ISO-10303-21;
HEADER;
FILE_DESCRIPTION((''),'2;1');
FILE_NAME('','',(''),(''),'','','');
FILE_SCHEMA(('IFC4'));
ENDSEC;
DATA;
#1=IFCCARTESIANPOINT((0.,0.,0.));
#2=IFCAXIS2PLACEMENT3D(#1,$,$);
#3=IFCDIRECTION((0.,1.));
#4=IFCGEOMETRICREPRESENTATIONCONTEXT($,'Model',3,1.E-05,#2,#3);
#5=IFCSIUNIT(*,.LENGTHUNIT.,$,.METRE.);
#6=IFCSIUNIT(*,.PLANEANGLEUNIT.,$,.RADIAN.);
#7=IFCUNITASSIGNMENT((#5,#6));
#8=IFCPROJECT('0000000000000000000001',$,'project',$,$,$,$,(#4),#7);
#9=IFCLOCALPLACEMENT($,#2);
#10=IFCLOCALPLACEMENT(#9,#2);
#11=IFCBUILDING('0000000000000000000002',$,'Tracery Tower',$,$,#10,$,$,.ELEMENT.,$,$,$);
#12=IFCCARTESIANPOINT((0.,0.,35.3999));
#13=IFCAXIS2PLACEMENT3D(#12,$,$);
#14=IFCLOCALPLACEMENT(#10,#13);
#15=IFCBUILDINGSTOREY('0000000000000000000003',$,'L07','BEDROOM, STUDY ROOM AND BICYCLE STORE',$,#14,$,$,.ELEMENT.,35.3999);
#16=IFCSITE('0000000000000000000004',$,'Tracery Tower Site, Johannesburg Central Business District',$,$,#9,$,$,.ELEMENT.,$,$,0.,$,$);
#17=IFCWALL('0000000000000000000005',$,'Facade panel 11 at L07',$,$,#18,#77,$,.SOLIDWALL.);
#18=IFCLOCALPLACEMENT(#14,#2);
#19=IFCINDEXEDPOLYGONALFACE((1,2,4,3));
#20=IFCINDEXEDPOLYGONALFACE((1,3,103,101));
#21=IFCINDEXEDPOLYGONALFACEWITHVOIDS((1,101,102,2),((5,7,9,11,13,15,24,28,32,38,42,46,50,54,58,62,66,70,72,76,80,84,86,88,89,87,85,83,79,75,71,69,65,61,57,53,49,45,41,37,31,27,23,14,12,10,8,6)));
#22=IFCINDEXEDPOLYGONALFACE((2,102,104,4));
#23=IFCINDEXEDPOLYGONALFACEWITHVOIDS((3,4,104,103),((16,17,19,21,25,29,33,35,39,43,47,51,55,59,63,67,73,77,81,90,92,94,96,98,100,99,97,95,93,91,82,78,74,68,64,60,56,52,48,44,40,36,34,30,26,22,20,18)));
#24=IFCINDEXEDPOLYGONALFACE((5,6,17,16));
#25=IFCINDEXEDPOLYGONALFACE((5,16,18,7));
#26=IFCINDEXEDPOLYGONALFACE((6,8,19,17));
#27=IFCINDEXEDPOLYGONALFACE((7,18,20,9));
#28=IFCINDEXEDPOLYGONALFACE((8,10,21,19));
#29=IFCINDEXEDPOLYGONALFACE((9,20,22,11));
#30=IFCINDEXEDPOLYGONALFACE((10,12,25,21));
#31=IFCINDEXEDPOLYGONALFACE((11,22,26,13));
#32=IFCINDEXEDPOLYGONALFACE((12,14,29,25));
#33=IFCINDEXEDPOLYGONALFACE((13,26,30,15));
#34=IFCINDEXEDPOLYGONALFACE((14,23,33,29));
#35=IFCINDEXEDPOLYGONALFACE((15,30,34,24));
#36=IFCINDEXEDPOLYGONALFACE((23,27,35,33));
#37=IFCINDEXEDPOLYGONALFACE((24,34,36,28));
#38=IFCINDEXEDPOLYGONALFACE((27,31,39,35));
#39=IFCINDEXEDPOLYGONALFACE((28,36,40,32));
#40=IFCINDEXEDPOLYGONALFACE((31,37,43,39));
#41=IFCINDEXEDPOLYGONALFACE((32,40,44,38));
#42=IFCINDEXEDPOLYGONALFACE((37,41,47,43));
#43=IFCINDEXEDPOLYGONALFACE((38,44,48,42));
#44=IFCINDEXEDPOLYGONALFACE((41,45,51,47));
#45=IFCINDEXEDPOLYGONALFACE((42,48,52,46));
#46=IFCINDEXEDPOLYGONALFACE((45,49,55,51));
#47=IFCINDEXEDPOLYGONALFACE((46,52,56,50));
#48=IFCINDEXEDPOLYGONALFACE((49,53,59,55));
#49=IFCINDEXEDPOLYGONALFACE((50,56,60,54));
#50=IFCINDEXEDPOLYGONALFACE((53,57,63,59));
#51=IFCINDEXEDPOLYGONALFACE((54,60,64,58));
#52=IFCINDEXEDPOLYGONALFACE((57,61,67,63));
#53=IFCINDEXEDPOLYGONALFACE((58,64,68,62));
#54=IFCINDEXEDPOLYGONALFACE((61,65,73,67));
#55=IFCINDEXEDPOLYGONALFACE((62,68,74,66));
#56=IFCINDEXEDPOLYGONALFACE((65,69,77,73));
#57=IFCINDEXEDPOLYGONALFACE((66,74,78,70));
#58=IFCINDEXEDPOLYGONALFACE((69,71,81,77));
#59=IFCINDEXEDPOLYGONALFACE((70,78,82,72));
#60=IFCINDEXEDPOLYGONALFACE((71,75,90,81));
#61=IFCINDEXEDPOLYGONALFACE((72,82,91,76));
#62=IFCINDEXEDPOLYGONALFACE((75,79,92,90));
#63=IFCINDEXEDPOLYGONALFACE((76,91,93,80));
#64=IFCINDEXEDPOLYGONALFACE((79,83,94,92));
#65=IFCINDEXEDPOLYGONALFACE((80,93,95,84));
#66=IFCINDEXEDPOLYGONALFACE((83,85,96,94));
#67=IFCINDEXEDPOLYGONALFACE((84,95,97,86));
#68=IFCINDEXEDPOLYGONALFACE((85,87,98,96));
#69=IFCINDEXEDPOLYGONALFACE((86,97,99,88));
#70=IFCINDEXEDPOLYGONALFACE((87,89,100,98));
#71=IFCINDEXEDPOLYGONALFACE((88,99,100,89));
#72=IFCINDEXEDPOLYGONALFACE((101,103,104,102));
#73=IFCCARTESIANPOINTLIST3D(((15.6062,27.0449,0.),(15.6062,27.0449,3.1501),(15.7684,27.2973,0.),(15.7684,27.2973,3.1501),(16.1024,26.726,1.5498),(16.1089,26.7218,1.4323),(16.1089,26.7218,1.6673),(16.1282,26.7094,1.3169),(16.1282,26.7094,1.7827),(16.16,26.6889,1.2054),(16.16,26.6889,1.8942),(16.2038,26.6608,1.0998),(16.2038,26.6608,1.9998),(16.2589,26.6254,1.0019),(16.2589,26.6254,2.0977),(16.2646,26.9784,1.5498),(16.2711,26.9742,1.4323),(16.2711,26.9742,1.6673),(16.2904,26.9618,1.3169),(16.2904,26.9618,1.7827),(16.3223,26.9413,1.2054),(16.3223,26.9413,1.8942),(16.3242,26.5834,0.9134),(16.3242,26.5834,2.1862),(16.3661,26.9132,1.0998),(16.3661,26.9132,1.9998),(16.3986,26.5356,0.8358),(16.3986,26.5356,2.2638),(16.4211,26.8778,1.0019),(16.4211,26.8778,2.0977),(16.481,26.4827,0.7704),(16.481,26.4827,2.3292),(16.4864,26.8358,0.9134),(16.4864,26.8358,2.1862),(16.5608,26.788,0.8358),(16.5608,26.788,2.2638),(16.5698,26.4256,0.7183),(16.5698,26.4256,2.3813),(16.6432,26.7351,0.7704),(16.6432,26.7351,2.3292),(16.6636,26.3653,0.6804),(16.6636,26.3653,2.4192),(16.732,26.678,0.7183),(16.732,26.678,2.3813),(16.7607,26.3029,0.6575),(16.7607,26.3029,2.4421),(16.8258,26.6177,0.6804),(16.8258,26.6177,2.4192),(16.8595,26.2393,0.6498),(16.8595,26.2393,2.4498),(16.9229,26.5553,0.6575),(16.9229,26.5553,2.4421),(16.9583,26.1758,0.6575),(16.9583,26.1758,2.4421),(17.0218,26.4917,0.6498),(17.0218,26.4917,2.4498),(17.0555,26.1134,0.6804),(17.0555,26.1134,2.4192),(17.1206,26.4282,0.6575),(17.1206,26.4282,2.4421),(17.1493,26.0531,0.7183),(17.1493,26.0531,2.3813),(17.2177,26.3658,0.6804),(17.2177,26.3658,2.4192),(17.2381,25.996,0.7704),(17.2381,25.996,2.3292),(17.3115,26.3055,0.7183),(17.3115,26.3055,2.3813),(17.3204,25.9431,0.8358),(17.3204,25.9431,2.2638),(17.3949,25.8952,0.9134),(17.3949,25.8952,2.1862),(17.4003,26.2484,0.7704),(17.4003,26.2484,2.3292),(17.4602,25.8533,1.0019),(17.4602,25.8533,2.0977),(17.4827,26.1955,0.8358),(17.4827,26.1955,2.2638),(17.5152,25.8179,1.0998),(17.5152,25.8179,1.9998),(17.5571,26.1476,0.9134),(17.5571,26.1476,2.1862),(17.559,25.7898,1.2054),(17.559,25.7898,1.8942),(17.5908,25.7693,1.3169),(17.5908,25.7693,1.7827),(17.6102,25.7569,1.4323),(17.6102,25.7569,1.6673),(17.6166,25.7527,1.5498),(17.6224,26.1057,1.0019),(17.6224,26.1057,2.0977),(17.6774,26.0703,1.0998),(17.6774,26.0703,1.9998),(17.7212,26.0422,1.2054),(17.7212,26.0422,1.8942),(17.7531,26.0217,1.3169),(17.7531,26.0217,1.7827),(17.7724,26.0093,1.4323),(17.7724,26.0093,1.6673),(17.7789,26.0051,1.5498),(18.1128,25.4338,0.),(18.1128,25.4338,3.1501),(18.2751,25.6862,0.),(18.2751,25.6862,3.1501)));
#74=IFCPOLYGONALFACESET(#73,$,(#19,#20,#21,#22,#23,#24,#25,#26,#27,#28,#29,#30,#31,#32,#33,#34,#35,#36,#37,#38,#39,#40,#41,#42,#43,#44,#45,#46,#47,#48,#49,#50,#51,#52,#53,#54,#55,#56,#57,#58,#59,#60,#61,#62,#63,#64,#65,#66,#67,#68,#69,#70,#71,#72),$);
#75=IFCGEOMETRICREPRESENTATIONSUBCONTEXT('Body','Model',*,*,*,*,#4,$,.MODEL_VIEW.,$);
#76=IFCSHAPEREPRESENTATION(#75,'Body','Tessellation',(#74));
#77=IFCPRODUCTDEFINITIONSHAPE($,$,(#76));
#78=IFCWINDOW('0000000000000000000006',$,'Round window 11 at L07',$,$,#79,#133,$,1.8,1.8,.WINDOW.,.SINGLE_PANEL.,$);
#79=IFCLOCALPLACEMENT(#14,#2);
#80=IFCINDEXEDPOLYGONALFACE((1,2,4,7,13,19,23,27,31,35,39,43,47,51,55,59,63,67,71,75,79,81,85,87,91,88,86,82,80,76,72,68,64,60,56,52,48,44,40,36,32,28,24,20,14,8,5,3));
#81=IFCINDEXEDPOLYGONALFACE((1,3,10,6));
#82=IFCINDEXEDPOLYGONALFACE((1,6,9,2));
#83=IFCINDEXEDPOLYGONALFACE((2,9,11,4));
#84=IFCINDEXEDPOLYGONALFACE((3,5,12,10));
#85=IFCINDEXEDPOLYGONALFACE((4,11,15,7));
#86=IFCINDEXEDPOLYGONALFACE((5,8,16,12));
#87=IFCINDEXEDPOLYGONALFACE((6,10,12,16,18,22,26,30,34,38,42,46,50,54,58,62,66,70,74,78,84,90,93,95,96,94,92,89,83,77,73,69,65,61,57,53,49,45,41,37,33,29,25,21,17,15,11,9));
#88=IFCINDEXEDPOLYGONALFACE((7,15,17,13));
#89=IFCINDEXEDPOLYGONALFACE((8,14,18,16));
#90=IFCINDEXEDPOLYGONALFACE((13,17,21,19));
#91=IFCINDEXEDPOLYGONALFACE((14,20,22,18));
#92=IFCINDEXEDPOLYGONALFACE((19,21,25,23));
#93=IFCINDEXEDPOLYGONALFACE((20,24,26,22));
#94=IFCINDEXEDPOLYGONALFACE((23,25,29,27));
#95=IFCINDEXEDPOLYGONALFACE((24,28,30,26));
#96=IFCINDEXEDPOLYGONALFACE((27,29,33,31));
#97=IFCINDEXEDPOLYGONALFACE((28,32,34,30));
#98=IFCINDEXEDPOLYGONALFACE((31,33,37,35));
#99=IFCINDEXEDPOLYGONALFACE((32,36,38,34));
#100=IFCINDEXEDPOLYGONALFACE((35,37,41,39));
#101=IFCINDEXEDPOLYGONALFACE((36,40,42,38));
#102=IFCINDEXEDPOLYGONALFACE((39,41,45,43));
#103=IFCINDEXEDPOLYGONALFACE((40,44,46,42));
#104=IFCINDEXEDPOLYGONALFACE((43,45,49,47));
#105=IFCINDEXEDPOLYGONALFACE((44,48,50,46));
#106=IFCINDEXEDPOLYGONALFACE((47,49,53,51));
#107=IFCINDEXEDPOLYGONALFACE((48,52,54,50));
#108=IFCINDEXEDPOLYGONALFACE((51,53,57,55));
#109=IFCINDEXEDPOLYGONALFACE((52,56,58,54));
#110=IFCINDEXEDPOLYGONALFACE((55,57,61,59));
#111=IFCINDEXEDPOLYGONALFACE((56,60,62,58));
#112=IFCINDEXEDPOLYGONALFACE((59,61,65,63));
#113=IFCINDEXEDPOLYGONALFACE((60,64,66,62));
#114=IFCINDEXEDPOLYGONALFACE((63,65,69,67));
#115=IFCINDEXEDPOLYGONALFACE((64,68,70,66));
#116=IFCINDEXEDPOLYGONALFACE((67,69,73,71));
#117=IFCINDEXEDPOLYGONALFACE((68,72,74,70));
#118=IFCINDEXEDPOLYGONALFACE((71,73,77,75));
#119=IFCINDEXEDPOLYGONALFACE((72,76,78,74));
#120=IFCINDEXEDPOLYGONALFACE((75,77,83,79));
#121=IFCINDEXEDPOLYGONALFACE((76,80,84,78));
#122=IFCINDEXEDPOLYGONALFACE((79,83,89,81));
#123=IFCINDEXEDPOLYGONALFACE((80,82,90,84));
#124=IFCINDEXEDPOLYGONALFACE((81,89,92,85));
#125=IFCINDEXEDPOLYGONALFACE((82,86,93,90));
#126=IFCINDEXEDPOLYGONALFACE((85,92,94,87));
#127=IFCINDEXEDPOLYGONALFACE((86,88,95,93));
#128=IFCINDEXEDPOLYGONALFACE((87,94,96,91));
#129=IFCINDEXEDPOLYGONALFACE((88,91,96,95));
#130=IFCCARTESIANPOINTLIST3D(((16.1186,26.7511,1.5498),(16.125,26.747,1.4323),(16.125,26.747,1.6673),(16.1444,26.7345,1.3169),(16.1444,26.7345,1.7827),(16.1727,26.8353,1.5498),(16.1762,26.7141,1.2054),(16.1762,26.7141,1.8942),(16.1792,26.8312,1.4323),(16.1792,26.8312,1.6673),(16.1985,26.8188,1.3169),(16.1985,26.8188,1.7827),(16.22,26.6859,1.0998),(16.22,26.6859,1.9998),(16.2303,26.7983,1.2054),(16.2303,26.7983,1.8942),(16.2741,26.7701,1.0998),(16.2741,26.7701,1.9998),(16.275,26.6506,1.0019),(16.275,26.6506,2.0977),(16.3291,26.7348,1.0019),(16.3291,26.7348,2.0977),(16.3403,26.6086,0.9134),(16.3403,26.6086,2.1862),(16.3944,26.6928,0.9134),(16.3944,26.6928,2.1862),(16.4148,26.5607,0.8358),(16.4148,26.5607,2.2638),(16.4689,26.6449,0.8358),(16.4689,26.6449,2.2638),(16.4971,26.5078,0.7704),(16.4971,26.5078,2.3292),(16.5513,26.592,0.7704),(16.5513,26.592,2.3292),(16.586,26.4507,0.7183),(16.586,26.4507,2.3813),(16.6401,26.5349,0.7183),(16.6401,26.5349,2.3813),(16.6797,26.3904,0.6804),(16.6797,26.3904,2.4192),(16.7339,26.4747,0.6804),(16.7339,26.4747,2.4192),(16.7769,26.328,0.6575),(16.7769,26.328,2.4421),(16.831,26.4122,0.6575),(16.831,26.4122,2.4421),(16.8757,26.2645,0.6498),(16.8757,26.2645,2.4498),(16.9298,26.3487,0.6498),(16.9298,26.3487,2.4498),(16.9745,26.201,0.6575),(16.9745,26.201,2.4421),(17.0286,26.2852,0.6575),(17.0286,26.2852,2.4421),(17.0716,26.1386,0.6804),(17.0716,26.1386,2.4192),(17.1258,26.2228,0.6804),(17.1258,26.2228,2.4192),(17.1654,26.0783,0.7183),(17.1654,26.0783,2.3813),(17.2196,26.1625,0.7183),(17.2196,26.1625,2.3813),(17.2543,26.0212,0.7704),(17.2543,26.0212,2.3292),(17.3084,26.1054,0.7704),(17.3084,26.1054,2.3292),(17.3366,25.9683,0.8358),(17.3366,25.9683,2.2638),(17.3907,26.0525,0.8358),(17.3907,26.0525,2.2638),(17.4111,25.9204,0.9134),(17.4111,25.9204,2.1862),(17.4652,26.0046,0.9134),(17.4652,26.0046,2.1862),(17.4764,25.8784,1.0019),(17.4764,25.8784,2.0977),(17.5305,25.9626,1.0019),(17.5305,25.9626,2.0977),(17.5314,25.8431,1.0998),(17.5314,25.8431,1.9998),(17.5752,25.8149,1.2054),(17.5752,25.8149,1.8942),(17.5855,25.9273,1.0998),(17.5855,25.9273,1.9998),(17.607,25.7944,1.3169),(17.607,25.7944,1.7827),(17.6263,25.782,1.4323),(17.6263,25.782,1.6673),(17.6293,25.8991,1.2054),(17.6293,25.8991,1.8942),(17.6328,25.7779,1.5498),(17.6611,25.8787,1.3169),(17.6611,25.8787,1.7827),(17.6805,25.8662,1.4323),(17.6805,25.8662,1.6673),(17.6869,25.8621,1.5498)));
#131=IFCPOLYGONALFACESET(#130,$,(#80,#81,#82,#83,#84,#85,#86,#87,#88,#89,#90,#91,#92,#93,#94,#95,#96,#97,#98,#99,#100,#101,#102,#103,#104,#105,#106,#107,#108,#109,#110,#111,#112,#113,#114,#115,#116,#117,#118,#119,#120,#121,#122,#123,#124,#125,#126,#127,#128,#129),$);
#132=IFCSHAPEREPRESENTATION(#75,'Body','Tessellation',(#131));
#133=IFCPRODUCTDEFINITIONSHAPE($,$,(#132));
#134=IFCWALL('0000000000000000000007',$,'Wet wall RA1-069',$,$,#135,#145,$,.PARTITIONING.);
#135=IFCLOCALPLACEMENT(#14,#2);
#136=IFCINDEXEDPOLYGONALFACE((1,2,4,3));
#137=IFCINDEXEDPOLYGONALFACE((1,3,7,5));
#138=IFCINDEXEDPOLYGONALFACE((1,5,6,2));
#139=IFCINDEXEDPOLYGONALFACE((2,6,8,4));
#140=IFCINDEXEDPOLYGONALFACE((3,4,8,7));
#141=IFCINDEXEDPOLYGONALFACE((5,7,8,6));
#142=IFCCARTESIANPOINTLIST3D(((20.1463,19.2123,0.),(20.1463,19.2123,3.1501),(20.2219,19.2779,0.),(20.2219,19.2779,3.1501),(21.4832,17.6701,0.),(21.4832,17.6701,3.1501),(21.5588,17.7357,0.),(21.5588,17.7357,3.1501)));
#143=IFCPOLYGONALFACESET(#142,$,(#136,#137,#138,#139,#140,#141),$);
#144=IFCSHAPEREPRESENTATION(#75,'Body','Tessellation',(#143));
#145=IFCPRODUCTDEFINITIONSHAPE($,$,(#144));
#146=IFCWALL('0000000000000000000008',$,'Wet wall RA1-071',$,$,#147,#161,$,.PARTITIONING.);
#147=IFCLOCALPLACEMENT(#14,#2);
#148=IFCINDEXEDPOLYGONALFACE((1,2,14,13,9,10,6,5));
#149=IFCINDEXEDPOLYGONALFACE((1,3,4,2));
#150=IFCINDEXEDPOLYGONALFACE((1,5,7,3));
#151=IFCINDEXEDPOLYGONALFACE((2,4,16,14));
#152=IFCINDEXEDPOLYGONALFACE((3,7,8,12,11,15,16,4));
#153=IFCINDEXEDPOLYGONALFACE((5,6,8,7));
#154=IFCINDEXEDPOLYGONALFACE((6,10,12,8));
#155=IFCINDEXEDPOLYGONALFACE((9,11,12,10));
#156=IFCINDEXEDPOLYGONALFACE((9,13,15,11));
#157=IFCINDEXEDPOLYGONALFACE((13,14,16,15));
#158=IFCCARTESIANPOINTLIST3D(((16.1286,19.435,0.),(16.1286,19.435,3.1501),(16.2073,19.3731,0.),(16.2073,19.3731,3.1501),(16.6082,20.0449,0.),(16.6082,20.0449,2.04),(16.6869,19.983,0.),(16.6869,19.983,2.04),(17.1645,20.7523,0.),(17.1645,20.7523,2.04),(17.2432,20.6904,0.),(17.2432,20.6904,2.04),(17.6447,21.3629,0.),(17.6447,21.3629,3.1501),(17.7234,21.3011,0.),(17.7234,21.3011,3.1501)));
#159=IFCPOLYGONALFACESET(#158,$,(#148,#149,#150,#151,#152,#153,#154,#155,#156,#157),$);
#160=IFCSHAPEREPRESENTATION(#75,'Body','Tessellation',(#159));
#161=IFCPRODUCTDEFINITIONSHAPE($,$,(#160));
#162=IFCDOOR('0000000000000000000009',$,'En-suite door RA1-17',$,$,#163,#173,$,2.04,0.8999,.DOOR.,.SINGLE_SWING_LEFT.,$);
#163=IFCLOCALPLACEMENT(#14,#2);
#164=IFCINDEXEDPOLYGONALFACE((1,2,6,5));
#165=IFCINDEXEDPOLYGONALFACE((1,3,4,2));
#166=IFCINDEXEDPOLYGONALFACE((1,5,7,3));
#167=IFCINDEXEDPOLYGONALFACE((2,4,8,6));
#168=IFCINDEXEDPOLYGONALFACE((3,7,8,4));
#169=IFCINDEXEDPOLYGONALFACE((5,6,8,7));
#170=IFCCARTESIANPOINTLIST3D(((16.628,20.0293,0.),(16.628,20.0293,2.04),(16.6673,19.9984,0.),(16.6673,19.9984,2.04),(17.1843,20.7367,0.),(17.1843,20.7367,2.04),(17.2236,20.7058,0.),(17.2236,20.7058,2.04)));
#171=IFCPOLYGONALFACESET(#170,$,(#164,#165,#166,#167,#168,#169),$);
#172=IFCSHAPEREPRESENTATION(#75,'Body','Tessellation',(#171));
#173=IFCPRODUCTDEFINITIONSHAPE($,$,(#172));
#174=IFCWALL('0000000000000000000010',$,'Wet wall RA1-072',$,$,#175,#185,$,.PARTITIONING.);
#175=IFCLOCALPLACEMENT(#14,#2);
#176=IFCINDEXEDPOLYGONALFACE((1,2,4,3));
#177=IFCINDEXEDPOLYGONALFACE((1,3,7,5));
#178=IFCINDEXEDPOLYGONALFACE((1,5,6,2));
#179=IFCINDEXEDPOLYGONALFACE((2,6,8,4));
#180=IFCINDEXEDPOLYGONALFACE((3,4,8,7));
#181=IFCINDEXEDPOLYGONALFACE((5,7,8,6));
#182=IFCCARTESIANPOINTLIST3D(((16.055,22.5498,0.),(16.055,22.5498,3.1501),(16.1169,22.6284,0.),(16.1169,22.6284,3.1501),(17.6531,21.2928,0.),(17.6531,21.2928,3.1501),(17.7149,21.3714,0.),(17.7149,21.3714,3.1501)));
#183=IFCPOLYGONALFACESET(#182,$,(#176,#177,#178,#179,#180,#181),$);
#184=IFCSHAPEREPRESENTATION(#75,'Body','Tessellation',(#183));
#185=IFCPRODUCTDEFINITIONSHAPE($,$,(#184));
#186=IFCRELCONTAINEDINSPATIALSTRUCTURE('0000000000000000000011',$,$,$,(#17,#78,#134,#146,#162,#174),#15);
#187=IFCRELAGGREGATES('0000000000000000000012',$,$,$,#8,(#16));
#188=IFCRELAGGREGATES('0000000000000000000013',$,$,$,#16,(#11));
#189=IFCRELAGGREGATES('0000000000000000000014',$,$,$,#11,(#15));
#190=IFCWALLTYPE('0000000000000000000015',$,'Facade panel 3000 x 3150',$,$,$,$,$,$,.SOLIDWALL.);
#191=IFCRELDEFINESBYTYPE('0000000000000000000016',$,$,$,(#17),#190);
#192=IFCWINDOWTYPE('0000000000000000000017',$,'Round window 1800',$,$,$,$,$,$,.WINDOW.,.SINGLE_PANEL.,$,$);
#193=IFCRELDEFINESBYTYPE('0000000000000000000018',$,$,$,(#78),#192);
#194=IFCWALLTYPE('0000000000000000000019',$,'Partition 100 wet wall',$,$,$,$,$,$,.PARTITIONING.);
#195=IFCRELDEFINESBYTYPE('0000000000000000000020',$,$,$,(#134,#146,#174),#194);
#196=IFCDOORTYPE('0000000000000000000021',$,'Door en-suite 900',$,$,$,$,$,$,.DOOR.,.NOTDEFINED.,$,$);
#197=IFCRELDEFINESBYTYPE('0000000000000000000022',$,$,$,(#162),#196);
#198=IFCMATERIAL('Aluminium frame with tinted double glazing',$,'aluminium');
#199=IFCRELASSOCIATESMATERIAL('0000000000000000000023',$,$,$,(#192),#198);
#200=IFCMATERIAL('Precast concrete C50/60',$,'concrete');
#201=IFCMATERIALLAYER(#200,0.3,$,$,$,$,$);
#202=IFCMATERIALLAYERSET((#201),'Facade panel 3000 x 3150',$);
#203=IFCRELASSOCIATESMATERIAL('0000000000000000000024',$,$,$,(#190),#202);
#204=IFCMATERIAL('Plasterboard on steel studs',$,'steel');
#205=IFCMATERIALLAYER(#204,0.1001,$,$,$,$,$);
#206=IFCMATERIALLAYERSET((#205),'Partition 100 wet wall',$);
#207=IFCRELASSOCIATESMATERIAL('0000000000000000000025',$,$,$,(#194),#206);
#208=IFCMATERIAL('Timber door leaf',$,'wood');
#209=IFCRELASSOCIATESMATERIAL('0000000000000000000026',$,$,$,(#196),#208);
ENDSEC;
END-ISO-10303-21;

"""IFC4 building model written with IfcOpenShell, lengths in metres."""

from ifc_helpers import new_model, si_unit, direction, frame, frame_2d, origin, origin_2d, place, context, subcontext, project, spatial, rectangle, circle, extrude, material, layer, layer_set, type_object, element, fill, save


model = new_model("IFC4")

# Units and contexts
model_context = context("Model", 3, precision=1e-05, world=origin(), true_north=direction((0.0, 1.0)))
body_context = subcontext(model_context, "Body", "Model", "MODEL_VIEW")
ifc_project = project(units=[si_unit("LENGTHUNIT", "METRE"), si_unit("PLANEANGLEUNIT", "RADIAN")], contexts=[model_context])

# Site, building, storey
site_placement = place(None, origin())
site = spatial("IfcSite", under=ifc_project, at=site_placement, Name="Tracery Tower Site, Johannesburg Central Business District", CompositionType="ELEMENT", RefElevation=0.0)
building_placement = place(site_placement, origin())
building = spatial("IfcBuilding", under=site, at=building_placement, Name="Tracery Tower", CompositionType="ELEMENT")
storey_placement = place(building_placement, frame((0.0, 0.0, 35.3999)))
storey = spatial("IfcBuildingStorey", under=building, at=storey_placement, Name="L07", Description="BEDROOM, STUDY ROOM AND BICYCLE STORE", CompositionType="ELEMENT", Elevation=35.3999)

# Wall, opening, window
ifc_material_1 = material(Name="Aluminium frame with tinted double glazing", Category="aluminium")
window_type = type_object("IfcWindowType", Name="Round window 1800", PartitioningType="SINGLE_PANEL", PredefinedType="WINDOW", material=ifc_material_1)
ifc_material_2 = material(Name="Precast concrete C50/60", Category="concrete")
ifc_layer_1 = layer(ifc_material_2, 0.3)
ifc_layer_set_1 = layer_set([ifc_layer_1], Name="Facade panel 3000 x 3150")
wall_type_1 = type_object("IfcWallType", Name="Facade panel 3000 x 3150", PredefinedType="SOLIDWALL", material=ifc_layer_set_1)
wall_1_placement = place(storey_placement, frame((18.1938, 25.5601, 0.0), z_axis=(0.0, 0.0, 1.0), x_axis=(-0.841224, 0.540687, 0.0)))
wall_1 = element("IfcWall", 1, at=wall_1_placement, inside=storey, type_object=wall_type_1, Name="Facade panel 11 at L07", PredefinedType="SOLIDWALL", context=body_context, shape_type="SweptSolid", body=[
    extrude(rectangle(XDim=2.9797, YDim=0.3, at=frame_2d((1.4897, 0.0))), origin(), (0.0, 0.0, 1.0), 3.1501),
])
opening_1_placement = place(wall_1_placement, frame((1.4897, 0.0, 1.5498)))
opening_1 = element("IfcOpeningElement", 2, at=opening_1_placement, cuts=wall_1, PredefinedType="OPENING", context=body_context, shape_type="SweptSolid", body=[
    extrude(circle(Radius=0.9, at=origin_2d()), frame((0.0, 0.1599, 0.0), z_axis=(0.0, -1.0, 0.0), x_axis=(1.0, 0.0, 0.0)), (0.0, 0.0, 1.0), 0.3201),
])
window_1_placement = place(opening_1_placement, origin())
window_1 = element("IfcWindow", 3, at=window_1_placement, inside=storey, type_object=window_type, Name="Round window 11 at L07", OverallHeight=1.8, OverallWidth=1.8, PartitioningType="SINGLE_PANEL", PredefinedType="WINDOW", context=body_context, shape_type="SweptSolid", body=[
    extrude(circle(Radius=0.9, at=origin_2d()), frame((0.0, 0.1201, 0.0), z_axis=(0.0, -1.0, 0.0), x_axis=(1.0, 0.0, 0.0)), (0.0, 0.0, 1.0), 0.1001),
])
fill(opening_1, window_1)

# Wall
ifc_material_3 = material(Name="Plasterboard on steel studs", Category="steel")
ifc_layer_2 = layer(ifc_material_3, 0.1001)
ifc_layer_set_2 = layer_set([ifc_layer_2], Name="Partition 100 wet wall")
wall_type_2 = type_object("IfcWallType", Name="Partition 100 wet wall", PredefinedType="PARTITIONING", material=ifc_layer_set_2)
wall_2_placement = place(storey_placement, frame((20.1841, 19.2451, 0.0), z_axis=(0.0, 0.0, 1.0), x_axis=(0.655017, -0.755614, 0.0)))
element("IfcWall", 4, at=wall_2_placement, inside=storey, type_object=wall_type_2, Name="Wet wall RA1-069", PredefinedType="PARTITIONING", context=body_context, shape_type="SweptSolid", body=[
    extrude(rectangle(XDim=2.041, YDim=0.1001, at=frame_2d((1.0205, 0.0))), origin(), (0.0, 0.0, 1.0), 3.1501),
])

# Wall, opening, door
wall_3_placement = place(storey_placement, frame((16.168, 19.4041, 0.0), z_axis=(0.0, 0.0, 1.0), x_axis=(0.618142, 0.786066, 0.0)))
wall_3 = element("IfcWall", 5, at=wall_3_placement, inside=storey, type_object=wall_type_2, Name="Wet wall RA1-071", PredefinedType="PARTITIONING", context=body_context, shape_type="SweptSolid", body=[
    extrude(rectangle(XDim=2.4526, YDim=0.1001, at=frame_2d((1.2263, 0.0))), origin(), (0.0, 0.0, 1.0), 3.1501),
])
opening_2_placement = place(wall_3_placement, frame((0.7759, 0.0, 0.0)))
opening_2 = element("IfcOpeningElement", 6, at=opening_2_placement, cuts=wall_3, PredefinedType="OPENING", context=body_context, shape_type="SweptSolid", body=[
    extrude(rectangle(XDim=0.8999, YDim=2.04, at=frame_2d((0.45, 1.02))), frame((0.0, 0.05, 0.0), z_axis=(0.0, -1.0, 0.0), x_axis=(1.0, 0.0, 0.0)), (0.0, 0.0, 1.0), 0.1001),
])
ifc_material_4 = material(Name="Timber door leaf", Category="wood")
door_type = type_object("IfcDoorType", Name="Door en-suite 900", OperationType="NOTDEFINED", PredefinedType="DOOR", material=ifc_material_4)
door_placement = place(opening_2_placement, origin())
door = element("IfcDoor", 7, at=door_placement, inside=storey, type_object=door_type, Name="En-suite door RA1-17", OperationType="SINGLE_SWING_LEFT", OverallHeight=2.04, OverallWidth=0.8999, PredefinedType="DOOR", context=body_context, shape_type="SweptSolid", body=[
    extrude(rectangle(XDim=0.8999, YDim=2.04, at=frame_2d((0.45, 1.02))), frame((0.0, 0.0249, 0.0), z_axis=(0.0, -1.0, 0.0), x_axis=(1.0, 0.0, 0.0)), (0.0, 0.0, 1.0), 0.05),
])
fill(opening_2, door)

# Wall
wall_4_placement = place(storey_placement, frame((16.0859, 22.5891, 0.0), z_axis=(0.0, 0.0, 1.0), x_axis=(0.785985, -0.618246, 0.0)))
element("IfcWall", 8, at=wall_4_placement, inside=storey, type_object=wall_type_2, Name="Wet wall RA1-072", PredefinedType="PARTITIONING", context=body_context, shape_type="SweptSolid", body=[
    extrude(rectangle(XDim=2.0332, YDim=0.1001, at=frame_2d((1.0166, 0.0))), origin(), (0.0, 0.0, 1.0), 3.1501),
])

save(model, "model.ifc")
